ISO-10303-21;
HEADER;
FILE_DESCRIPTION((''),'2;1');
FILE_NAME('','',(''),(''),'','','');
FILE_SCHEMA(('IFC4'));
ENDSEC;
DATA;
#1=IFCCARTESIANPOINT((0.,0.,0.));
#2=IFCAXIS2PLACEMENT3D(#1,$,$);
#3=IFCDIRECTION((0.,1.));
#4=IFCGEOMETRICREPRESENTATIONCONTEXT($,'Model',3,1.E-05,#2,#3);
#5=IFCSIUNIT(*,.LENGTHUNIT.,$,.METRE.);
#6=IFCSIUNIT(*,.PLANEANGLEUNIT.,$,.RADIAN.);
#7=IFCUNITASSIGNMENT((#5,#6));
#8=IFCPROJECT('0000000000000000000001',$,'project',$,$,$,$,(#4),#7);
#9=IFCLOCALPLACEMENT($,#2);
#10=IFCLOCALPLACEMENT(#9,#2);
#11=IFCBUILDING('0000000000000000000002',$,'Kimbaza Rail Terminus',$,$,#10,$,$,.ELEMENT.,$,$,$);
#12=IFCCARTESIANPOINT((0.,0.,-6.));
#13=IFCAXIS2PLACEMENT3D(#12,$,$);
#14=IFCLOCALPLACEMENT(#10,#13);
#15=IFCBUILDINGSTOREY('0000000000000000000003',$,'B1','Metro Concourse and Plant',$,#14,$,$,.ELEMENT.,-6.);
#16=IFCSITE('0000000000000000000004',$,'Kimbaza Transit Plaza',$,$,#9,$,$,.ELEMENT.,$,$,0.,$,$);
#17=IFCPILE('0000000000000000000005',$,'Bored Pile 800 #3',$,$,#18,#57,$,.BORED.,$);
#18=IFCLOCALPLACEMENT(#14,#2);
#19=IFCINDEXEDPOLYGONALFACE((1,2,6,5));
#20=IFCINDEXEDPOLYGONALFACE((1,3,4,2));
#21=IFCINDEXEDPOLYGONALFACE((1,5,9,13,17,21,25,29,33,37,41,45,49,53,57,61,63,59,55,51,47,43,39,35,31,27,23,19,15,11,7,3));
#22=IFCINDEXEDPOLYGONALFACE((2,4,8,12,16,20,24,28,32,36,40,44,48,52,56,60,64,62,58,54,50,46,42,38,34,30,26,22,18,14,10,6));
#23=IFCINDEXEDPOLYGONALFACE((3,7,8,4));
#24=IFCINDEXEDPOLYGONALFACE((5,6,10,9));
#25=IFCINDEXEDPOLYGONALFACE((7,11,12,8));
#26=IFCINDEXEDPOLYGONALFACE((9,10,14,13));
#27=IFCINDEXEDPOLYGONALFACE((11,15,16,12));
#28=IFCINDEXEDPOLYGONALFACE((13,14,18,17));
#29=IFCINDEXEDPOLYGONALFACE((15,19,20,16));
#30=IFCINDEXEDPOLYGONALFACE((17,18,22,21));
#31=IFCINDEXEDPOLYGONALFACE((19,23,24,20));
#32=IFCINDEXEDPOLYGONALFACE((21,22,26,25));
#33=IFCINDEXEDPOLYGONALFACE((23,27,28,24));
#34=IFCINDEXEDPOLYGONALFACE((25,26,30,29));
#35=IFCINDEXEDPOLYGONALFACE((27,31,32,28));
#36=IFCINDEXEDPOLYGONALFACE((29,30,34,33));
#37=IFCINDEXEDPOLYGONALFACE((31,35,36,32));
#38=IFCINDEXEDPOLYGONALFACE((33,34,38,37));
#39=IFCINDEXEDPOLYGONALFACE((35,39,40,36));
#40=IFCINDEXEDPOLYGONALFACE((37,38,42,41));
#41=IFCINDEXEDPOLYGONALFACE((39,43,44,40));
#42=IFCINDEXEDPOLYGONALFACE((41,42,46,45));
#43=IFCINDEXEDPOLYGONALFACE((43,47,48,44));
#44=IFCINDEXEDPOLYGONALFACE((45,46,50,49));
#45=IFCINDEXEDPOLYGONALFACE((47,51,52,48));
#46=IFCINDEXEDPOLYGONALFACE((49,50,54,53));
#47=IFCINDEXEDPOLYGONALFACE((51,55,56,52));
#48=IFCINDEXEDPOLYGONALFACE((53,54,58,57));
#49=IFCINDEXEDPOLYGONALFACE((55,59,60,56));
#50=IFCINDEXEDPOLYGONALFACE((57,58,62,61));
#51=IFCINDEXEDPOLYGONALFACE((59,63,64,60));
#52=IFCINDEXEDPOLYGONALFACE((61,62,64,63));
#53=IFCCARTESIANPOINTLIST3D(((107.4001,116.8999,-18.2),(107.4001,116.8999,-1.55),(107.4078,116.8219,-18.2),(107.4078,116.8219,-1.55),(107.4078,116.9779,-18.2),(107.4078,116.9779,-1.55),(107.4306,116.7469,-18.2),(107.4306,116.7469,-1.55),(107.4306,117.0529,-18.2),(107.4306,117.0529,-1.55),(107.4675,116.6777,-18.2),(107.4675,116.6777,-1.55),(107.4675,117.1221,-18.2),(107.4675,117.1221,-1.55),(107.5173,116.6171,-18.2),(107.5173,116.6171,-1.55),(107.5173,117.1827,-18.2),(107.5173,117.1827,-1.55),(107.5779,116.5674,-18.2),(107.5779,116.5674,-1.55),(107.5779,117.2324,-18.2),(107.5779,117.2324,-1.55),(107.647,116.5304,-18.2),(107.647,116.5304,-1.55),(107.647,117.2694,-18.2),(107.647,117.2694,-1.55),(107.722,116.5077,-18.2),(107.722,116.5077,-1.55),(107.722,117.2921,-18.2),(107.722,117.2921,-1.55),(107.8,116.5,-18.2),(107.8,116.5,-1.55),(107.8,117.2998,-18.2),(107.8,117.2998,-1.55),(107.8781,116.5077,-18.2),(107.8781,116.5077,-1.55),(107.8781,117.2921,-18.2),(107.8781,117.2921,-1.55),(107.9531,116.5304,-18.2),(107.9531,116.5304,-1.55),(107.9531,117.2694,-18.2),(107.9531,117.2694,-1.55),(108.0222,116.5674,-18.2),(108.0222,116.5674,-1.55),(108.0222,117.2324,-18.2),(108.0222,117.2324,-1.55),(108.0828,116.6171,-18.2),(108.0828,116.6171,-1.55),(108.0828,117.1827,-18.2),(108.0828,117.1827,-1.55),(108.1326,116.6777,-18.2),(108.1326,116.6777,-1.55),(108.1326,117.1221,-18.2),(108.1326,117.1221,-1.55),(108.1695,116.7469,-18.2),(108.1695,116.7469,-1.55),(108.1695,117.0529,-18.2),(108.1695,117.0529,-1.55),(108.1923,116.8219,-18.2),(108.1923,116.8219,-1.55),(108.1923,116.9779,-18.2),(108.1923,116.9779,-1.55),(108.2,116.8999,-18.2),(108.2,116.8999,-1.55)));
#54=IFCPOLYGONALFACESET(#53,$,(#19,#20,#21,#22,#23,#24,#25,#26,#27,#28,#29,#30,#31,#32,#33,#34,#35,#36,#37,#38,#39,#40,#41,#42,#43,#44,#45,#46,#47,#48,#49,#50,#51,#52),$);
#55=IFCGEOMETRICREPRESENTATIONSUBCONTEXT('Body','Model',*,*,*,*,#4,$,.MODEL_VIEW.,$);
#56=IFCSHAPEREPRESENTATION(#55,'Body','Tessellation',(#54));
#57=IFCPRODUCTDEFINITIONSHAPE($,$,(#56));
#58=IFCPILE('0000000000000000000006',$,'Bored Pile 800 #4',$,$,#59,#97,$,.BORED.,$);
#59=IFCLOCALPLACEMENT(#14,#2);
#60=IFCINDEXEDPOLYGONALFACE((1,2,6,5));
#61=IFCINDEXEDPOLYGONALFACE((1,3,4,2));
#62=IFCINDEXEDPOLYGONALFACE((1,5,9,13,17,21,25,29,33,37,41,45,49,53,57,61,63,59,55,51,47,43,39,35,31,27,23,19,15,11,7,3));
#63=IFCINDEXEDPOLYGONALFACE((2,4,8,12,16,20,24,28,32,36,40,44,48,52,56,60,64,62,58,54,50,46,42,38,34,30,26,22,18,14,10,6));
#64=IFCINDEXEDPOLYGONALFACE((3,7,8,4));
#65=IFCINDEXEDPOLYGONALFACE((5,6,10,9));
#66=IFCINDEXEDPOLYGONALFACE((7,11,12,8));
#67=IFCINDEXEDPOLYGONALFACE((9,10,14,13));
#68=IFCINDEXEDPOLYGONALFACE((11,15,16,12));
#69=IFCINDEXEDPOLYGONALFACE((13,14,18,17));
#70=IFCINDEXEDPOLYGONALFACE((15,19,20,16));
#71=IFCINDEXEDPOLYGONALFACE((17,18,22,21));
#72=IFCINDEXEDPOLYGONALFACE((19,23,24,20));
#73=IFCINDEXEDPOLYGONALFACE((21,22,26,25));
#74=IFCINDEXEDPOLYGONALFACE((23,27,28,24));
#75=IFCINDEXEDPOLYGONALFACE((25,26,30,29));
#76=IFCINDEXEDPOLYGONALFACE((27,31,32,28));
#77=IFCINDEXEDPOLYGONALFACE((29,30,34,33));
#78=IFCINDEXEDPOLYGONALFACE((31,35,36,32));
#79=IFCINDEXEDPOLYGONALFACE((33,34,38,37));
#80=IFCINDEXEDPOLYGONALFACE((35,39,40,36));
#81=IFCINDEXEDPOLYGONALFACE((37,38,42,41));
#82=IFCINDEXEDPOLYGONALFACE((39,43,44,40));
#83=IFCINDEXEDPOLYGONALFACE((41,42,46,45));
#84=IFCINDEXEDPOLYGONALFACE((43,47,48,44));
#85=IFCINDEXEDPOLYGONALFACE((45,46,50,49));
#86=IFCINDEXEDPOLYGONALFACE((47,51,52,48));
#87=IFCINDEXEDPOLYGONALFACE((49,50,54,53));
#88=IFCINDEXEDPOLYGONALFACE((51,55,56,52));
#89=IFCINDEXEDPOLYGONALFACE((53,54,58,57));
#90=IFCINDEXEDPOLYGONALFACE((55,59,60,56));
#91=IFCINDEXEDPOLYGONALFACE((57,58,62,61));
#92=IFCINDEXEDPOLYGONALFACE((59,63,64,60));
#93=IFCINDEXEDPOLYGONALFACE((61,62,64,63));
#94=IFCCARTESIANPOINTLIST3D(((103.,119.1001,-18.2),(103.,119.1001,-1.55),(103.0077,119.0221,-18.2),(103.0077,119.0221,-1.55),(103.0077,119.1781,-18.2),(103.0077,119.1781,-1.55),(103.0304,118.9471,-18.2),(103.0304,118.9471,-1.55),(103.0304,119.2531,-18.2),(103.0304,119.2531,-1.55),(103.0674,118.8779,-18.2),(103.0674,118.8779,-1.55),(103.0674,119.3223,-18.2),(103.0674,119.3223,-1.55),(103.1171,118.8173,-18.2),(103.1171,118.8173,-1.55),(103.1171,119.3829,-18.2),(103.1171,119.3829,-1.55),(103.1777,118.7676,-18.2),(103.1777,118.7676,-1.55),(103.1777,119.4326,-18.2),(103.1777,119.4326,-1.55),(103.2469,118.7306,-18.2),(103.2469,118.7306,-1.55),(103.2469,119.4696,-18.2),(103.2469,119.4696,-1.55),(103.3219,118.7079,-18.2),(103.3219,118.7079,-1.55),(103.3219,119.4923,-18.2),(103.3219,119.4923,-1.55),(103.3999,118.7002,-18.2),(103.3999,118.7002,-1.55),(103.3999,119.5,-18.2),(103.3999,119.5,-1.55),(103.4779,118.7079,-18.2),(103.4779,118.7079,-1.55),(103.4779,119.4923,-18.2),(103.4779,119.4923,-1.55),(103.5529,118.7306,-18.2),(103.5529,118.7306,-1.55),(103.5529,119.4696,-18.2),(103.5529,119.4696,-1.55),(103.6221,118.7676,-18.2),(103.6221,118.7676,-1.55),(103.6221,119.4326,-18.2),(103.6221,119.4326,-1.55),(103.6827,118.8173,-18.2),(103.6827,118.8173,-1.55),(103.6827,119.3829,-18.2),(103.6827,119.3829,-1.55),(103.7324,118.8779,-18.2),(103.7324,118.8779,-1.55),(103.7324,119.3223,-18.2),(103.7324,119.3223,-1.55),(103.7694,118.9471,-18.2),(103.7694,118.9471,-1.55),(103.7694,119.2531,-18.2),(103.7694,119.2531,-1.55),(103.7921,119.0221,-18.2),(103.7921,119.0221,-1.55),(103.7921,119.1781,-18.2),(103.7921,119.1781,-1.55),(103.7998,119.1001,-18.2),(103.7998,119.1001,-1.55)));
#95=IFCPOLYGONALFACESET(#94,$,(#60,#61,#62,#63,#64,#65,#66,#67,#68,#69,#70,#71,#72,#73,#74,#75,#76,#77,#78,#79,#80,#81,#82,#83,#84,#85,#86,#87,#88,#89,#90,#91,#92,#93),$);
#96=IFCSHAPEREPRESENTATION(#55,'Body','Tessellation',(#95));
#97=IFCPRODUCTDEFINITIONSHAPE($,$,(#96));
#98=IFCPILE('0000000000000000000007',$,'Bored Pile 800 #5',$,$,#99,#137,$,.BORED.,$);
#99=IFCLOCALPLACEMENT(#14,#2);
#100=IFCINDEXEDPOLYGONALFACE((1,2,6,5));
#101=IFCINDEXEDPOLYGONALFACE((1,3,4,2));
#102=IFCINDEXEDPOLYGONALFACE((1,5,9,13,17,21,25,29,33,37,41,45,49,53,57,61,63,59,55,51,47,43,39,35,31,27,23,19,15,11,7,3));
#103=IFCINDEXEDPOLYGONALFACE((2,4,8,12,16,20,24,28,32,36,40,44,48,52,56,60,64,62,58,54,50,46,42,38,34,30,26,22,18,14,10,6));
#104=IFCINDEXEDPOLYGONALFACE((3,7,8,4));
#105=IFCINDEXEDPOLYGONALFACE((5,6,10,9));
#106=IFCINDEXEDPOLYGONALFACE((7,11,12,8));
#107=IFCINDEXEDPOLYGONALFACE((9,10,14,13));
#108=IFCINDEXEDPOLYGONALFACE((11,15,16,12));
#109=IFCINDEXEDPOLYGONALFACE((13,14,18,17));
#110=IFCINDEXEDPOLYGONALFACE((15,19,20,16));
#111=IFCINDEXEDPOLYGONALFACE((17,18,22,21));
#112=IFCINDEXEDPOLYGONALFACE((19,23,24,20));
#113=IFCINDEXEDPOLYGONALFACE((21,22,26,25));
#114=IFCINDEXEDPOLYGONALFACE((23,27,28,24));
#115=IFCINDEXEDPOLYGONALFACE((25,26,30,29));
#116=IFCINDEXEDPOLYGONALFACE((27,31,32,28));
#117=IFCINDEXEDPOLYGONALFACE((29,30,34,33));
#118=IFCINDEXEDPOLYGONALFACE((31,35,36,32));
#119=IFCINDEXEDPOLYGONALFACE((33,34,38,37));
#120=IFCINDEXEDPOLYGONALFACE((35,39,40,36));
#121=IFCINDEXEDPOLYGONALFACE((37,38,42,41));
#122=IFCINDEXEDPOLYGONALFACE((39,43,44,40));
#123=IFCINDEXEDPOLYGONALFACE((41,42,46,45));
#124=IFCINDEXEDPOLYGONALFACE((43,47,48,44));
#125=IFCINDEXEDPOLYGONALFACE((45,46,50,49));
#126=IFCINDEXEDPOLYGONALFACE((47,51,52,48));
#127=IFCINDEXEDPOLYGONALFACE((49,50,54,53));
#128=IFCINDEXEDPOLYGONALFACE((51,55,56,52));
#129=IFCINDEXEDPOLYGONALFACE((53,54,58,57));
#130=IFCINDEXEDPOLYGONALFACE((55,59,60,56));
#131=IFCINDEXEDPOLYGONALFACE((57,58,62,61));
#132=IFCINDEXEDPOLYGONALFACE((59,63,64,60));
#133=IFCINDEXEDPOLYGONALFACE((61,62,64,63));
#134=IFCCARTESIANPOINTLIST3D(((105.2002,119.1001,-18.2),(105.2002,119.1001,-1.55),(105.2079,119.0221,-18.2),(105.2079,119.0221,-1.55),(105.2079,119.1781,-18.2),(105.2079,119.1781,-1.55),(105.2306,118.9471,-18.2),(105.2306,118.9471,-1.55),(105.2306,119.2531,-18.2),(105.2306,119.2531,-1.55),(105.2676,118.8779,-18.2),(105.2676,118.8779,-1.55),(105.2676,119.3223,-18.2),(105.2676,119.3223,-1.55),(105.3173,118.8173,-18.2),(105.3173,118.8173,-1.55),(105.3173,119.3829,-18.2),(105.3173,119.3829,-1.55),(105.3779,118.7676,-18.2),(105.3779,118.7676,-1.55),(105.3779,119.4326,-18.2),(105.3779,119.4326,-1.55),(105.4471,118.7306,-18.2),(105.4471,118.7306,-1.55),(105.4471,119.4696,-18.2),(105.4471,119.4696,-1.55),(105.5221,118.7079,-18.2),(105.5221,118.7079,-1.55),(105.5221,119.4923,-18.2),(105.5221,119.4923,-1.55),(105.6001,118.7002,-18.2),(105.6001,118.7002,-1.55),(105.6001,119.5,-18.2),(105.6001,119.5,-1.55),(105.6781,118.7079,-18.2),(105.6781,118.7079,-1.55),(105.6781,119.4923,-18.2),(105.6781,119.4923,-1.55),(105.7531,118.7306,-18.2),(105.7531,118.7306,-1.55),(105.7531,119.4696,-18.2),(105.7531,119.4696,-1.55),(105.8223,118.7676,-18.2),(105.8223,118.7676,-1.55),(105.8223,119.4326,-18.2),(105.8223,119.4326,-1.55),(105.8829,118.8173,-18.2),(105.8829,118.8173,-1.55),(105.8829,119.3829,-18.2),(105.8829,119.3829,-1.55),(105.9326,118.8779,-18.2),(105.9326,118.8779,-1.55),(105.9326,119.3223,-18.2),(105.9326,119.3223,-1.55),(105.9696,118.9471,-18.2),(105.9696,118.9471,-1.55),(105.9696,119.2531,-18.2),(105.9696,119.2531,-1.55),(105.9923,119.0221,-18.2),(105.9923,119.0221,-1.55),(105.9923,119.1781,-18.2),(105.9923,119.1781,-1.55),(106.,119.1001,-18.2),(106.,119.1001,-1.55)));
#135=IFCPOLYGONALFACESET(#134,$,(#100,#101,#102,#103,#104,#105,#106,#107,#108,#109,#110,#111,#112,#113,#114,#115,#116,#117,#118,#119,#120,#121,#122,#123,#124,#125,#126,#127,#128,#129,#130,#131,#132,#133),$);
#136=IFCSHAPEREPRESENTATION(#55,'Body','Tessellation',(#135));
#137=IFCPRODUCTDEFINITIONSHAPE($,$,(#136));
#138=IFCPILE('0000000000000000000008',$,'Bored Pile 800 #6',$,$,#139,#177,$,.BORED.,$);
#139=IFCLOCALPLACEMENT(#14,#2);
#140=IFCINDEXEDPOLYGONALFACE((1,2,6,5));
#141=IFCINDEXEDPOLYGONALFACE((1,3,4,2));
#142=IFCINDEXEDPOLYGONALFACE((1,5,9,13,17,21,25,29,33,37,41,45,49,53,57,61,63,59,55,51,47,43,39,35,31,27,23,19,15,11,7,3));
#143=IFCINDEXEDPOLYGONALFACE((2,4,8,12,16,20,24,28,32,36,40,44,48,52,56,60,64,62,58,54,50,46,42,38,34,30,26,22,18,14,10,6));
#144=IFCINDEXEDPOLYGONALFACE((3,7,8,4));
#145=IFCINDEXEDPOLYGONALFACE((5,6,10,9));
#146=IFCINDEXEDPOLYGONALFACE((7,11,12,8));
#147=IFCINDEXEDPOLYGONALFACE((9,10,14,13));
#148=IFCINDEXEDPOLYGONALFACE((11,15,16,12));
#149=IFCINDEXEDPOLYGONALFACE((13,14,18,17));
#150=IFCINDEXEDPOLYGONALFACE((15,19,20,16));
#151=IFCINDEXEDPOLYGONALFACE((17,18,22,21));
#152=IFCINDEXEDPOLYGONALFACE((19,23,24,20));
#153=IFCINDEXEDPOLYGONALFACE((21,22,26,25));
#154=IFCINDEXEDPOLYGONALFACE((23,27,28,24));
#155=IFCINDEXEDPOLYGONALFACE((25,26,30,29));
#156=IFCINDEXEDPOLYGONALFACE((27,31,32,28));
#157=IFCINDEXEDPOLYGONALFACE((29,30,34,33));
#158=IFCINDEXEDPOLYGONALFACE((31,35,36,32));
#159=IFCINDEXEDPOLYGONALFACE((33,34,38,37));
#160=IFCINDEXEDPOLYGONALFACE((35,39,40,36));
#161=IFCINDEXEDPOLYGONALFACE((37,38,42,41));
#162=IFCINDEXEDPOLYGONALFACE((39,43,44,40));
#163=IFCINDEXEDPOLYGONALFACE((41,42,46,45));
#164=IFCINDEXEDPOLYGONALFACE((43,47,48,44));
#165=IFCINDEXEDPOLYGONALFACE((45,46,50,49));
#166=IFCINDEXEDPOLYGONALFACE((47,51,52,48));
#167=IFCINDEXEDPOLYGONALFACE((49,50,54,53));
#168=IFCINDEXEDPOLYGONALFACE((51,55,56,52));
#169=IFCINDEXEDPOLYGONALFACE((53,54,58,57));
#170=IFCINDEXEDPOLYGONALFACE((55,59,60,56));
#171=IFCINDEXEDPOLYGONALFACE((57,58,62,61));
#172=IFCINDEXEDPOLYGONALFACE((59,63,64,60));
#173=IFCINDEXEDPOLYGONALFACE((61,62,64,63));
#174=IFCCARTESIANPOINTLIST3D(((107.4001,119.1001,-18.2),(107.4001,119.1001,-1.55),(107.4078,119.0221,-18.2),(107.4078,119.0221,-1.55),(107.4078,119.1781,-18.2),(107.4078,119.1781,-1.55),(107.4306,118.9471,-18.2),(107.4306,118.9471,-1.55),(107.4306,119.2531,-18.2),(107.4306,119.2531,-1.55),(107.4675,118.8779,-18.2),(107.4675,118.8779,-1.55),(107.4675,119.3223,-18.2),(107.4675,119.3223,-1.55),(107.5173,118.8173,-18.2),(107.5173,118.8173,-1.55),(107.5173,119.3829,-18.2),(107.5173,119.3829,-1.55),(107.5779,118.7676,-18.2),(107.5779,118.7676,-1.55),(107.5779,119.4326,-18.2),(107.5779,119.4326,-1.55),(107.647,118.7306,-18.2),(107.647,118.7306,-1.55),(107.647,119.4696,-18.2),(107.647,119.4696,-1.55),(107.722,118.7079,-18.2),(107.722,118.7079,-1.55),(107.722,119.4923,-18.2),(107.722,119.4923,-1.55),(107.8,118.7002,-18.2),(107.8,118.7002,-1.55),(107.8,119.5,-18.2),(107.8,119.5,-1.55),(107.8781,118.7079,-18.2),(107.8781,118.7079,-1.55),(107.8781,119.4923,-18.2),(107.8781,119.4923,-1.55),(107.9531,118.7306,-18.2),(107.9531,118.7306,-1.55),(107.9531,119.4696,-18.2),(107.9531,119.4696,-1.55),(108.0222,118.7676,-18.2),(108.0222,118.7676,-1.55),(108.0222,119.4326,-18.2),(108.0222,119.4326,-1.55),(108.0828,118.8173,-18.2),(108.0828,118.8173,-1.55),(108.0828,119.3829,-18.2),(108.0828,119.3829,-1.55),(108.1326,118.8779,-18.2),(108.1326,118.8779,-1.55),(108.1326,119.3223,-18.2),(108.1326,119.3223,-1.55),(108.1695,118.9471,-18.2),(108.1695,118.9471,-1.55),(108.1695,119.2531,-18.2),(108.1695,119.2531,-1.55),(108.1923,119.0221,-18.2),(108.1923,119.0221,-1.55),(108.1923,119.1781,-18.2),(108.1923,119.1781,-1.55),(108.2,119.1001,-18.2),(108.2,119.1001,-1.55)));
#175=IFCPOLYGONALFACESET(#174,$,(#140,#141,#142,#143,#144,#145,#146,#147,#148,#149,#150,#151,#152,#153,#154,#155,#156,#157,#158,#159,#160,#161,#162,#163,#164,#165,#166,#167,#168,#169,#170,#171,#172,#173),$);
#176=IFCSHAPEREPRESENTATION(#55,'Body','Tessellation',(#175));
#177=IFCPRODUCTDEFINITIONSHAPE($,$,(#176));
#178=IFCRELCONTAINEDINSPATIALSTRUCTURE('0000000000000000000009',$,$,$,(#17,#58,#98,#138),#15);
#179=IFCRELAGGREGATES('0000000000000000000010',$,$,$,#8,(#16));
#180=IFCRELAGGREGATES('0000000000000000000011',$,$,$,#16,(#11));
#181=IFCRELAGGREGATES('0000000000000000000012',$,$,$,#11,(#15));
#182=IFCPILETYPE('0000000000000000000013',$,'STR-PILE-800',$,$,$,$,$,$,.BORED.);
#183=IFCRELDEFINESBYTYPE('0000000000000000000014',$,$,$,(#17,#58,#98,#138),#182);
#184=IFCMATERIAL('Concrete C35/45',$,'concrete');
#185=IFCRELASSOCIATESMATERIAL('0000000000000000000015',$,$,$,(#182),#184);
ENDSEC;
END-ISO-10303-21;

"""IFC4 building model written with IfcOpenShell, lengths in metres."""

from ifc_helpers import new_model, si_unit, direction, frame, origin, origin_2d, place, context, subcontext, project, spatial, circle, extrude, material, material_profile, profile_set, type_object, element, save


model = new_model("IFC4")

# Units and contexts
model_context = context("Model", 3, precision=1e-05, world=origin(), true_north=direction((0.0, 1.0)))
body_context = subcontext(model_context, "Body", "Model", "MODEL_VIEW")
ifc_project = project(units=[si_unit("LENGTHUNIT", "METRE"), si_unit("PLANEANGLEUNIT", "RADIAN")], contexts=[model_context])

# Site, building, storey
site_placement = place(None, origin())
site = spatial("IfcSite", under=ifc_project, at=site_placement, Name="Kimbaza Transit Plaza", CompositionType="ELEMENT", RefElevation=0.0)
building_placement = place(site_placement, origin())
building = spatial("IfcBuilding", under=site, at=building_placement, Name="Kimbaza Rail Terminus", CompositionType="ELEMENT")
storey_placement = place(building_placement, frame((0.0, 0.0, -6.0)))
storey = spatial("IfcBuildingStorey", under=building, at=storey_placement, Name="B1", Description="Metro Concourse and Plant", CompositionType="ELEMENT", Elevation=-6.0)

# Piles
ifc_material_1 = material(Name="Concrete C35/45", Category="concrete")
ifc_material_profile_1 = material_profile(ifc_material_1, circle(Radius=0.3999, at=origin_2d()), Name="BORED PILE 800")
ifc_profile_set_1 = profile_set([ifc_material_profile_1], Name="Concrete C35/45")
pile_type_1 = type_object("IfcPileType", Name="STR-PILE-800", PredefinedType="BORED", material=ifc_profile_set_1)
for number, where, z_axis, x_axis, name in (
    (1, (107.8, 116.8999, -1.55), (0.0, 0.0, -1.0), (1.0, 0.0, 0.0), "Bored Pile 800 #3"),
    (2, (103.3999, 119.1001, -1.55), (0.0, 0.0, -1.0), (1.0, 0.0, 0.0), "Bored Pile 800 #4"),
    (3, (105.6001, 119.1001, -1.55), (0.0, 0.0, -1.0), (1.0, 0.0, 0.0), "Bored Pile 800 #5"),
    (4, (107.8, 119.1001, -1.55), (0.0, 0.0, -1.0), (1.0, 0.0, 0.0), "Bored Pile 800 #6"),
):
    element("IfcPile", number, at=place(storey_placement, frame(where, z_axis=z_axis, x_axis=x_axis)), inside=storey, type_object=pile_type_1, Name=name, PredefinedType="BORED", context=body_context, shape_type="SweptSolid", body=[
        extrude(circle(Radius=0.3999, at=origin_2d()), origin(), (0.0, 0.0, 1.0), 16.6499),
    ])

save(model, "model.ifc")
